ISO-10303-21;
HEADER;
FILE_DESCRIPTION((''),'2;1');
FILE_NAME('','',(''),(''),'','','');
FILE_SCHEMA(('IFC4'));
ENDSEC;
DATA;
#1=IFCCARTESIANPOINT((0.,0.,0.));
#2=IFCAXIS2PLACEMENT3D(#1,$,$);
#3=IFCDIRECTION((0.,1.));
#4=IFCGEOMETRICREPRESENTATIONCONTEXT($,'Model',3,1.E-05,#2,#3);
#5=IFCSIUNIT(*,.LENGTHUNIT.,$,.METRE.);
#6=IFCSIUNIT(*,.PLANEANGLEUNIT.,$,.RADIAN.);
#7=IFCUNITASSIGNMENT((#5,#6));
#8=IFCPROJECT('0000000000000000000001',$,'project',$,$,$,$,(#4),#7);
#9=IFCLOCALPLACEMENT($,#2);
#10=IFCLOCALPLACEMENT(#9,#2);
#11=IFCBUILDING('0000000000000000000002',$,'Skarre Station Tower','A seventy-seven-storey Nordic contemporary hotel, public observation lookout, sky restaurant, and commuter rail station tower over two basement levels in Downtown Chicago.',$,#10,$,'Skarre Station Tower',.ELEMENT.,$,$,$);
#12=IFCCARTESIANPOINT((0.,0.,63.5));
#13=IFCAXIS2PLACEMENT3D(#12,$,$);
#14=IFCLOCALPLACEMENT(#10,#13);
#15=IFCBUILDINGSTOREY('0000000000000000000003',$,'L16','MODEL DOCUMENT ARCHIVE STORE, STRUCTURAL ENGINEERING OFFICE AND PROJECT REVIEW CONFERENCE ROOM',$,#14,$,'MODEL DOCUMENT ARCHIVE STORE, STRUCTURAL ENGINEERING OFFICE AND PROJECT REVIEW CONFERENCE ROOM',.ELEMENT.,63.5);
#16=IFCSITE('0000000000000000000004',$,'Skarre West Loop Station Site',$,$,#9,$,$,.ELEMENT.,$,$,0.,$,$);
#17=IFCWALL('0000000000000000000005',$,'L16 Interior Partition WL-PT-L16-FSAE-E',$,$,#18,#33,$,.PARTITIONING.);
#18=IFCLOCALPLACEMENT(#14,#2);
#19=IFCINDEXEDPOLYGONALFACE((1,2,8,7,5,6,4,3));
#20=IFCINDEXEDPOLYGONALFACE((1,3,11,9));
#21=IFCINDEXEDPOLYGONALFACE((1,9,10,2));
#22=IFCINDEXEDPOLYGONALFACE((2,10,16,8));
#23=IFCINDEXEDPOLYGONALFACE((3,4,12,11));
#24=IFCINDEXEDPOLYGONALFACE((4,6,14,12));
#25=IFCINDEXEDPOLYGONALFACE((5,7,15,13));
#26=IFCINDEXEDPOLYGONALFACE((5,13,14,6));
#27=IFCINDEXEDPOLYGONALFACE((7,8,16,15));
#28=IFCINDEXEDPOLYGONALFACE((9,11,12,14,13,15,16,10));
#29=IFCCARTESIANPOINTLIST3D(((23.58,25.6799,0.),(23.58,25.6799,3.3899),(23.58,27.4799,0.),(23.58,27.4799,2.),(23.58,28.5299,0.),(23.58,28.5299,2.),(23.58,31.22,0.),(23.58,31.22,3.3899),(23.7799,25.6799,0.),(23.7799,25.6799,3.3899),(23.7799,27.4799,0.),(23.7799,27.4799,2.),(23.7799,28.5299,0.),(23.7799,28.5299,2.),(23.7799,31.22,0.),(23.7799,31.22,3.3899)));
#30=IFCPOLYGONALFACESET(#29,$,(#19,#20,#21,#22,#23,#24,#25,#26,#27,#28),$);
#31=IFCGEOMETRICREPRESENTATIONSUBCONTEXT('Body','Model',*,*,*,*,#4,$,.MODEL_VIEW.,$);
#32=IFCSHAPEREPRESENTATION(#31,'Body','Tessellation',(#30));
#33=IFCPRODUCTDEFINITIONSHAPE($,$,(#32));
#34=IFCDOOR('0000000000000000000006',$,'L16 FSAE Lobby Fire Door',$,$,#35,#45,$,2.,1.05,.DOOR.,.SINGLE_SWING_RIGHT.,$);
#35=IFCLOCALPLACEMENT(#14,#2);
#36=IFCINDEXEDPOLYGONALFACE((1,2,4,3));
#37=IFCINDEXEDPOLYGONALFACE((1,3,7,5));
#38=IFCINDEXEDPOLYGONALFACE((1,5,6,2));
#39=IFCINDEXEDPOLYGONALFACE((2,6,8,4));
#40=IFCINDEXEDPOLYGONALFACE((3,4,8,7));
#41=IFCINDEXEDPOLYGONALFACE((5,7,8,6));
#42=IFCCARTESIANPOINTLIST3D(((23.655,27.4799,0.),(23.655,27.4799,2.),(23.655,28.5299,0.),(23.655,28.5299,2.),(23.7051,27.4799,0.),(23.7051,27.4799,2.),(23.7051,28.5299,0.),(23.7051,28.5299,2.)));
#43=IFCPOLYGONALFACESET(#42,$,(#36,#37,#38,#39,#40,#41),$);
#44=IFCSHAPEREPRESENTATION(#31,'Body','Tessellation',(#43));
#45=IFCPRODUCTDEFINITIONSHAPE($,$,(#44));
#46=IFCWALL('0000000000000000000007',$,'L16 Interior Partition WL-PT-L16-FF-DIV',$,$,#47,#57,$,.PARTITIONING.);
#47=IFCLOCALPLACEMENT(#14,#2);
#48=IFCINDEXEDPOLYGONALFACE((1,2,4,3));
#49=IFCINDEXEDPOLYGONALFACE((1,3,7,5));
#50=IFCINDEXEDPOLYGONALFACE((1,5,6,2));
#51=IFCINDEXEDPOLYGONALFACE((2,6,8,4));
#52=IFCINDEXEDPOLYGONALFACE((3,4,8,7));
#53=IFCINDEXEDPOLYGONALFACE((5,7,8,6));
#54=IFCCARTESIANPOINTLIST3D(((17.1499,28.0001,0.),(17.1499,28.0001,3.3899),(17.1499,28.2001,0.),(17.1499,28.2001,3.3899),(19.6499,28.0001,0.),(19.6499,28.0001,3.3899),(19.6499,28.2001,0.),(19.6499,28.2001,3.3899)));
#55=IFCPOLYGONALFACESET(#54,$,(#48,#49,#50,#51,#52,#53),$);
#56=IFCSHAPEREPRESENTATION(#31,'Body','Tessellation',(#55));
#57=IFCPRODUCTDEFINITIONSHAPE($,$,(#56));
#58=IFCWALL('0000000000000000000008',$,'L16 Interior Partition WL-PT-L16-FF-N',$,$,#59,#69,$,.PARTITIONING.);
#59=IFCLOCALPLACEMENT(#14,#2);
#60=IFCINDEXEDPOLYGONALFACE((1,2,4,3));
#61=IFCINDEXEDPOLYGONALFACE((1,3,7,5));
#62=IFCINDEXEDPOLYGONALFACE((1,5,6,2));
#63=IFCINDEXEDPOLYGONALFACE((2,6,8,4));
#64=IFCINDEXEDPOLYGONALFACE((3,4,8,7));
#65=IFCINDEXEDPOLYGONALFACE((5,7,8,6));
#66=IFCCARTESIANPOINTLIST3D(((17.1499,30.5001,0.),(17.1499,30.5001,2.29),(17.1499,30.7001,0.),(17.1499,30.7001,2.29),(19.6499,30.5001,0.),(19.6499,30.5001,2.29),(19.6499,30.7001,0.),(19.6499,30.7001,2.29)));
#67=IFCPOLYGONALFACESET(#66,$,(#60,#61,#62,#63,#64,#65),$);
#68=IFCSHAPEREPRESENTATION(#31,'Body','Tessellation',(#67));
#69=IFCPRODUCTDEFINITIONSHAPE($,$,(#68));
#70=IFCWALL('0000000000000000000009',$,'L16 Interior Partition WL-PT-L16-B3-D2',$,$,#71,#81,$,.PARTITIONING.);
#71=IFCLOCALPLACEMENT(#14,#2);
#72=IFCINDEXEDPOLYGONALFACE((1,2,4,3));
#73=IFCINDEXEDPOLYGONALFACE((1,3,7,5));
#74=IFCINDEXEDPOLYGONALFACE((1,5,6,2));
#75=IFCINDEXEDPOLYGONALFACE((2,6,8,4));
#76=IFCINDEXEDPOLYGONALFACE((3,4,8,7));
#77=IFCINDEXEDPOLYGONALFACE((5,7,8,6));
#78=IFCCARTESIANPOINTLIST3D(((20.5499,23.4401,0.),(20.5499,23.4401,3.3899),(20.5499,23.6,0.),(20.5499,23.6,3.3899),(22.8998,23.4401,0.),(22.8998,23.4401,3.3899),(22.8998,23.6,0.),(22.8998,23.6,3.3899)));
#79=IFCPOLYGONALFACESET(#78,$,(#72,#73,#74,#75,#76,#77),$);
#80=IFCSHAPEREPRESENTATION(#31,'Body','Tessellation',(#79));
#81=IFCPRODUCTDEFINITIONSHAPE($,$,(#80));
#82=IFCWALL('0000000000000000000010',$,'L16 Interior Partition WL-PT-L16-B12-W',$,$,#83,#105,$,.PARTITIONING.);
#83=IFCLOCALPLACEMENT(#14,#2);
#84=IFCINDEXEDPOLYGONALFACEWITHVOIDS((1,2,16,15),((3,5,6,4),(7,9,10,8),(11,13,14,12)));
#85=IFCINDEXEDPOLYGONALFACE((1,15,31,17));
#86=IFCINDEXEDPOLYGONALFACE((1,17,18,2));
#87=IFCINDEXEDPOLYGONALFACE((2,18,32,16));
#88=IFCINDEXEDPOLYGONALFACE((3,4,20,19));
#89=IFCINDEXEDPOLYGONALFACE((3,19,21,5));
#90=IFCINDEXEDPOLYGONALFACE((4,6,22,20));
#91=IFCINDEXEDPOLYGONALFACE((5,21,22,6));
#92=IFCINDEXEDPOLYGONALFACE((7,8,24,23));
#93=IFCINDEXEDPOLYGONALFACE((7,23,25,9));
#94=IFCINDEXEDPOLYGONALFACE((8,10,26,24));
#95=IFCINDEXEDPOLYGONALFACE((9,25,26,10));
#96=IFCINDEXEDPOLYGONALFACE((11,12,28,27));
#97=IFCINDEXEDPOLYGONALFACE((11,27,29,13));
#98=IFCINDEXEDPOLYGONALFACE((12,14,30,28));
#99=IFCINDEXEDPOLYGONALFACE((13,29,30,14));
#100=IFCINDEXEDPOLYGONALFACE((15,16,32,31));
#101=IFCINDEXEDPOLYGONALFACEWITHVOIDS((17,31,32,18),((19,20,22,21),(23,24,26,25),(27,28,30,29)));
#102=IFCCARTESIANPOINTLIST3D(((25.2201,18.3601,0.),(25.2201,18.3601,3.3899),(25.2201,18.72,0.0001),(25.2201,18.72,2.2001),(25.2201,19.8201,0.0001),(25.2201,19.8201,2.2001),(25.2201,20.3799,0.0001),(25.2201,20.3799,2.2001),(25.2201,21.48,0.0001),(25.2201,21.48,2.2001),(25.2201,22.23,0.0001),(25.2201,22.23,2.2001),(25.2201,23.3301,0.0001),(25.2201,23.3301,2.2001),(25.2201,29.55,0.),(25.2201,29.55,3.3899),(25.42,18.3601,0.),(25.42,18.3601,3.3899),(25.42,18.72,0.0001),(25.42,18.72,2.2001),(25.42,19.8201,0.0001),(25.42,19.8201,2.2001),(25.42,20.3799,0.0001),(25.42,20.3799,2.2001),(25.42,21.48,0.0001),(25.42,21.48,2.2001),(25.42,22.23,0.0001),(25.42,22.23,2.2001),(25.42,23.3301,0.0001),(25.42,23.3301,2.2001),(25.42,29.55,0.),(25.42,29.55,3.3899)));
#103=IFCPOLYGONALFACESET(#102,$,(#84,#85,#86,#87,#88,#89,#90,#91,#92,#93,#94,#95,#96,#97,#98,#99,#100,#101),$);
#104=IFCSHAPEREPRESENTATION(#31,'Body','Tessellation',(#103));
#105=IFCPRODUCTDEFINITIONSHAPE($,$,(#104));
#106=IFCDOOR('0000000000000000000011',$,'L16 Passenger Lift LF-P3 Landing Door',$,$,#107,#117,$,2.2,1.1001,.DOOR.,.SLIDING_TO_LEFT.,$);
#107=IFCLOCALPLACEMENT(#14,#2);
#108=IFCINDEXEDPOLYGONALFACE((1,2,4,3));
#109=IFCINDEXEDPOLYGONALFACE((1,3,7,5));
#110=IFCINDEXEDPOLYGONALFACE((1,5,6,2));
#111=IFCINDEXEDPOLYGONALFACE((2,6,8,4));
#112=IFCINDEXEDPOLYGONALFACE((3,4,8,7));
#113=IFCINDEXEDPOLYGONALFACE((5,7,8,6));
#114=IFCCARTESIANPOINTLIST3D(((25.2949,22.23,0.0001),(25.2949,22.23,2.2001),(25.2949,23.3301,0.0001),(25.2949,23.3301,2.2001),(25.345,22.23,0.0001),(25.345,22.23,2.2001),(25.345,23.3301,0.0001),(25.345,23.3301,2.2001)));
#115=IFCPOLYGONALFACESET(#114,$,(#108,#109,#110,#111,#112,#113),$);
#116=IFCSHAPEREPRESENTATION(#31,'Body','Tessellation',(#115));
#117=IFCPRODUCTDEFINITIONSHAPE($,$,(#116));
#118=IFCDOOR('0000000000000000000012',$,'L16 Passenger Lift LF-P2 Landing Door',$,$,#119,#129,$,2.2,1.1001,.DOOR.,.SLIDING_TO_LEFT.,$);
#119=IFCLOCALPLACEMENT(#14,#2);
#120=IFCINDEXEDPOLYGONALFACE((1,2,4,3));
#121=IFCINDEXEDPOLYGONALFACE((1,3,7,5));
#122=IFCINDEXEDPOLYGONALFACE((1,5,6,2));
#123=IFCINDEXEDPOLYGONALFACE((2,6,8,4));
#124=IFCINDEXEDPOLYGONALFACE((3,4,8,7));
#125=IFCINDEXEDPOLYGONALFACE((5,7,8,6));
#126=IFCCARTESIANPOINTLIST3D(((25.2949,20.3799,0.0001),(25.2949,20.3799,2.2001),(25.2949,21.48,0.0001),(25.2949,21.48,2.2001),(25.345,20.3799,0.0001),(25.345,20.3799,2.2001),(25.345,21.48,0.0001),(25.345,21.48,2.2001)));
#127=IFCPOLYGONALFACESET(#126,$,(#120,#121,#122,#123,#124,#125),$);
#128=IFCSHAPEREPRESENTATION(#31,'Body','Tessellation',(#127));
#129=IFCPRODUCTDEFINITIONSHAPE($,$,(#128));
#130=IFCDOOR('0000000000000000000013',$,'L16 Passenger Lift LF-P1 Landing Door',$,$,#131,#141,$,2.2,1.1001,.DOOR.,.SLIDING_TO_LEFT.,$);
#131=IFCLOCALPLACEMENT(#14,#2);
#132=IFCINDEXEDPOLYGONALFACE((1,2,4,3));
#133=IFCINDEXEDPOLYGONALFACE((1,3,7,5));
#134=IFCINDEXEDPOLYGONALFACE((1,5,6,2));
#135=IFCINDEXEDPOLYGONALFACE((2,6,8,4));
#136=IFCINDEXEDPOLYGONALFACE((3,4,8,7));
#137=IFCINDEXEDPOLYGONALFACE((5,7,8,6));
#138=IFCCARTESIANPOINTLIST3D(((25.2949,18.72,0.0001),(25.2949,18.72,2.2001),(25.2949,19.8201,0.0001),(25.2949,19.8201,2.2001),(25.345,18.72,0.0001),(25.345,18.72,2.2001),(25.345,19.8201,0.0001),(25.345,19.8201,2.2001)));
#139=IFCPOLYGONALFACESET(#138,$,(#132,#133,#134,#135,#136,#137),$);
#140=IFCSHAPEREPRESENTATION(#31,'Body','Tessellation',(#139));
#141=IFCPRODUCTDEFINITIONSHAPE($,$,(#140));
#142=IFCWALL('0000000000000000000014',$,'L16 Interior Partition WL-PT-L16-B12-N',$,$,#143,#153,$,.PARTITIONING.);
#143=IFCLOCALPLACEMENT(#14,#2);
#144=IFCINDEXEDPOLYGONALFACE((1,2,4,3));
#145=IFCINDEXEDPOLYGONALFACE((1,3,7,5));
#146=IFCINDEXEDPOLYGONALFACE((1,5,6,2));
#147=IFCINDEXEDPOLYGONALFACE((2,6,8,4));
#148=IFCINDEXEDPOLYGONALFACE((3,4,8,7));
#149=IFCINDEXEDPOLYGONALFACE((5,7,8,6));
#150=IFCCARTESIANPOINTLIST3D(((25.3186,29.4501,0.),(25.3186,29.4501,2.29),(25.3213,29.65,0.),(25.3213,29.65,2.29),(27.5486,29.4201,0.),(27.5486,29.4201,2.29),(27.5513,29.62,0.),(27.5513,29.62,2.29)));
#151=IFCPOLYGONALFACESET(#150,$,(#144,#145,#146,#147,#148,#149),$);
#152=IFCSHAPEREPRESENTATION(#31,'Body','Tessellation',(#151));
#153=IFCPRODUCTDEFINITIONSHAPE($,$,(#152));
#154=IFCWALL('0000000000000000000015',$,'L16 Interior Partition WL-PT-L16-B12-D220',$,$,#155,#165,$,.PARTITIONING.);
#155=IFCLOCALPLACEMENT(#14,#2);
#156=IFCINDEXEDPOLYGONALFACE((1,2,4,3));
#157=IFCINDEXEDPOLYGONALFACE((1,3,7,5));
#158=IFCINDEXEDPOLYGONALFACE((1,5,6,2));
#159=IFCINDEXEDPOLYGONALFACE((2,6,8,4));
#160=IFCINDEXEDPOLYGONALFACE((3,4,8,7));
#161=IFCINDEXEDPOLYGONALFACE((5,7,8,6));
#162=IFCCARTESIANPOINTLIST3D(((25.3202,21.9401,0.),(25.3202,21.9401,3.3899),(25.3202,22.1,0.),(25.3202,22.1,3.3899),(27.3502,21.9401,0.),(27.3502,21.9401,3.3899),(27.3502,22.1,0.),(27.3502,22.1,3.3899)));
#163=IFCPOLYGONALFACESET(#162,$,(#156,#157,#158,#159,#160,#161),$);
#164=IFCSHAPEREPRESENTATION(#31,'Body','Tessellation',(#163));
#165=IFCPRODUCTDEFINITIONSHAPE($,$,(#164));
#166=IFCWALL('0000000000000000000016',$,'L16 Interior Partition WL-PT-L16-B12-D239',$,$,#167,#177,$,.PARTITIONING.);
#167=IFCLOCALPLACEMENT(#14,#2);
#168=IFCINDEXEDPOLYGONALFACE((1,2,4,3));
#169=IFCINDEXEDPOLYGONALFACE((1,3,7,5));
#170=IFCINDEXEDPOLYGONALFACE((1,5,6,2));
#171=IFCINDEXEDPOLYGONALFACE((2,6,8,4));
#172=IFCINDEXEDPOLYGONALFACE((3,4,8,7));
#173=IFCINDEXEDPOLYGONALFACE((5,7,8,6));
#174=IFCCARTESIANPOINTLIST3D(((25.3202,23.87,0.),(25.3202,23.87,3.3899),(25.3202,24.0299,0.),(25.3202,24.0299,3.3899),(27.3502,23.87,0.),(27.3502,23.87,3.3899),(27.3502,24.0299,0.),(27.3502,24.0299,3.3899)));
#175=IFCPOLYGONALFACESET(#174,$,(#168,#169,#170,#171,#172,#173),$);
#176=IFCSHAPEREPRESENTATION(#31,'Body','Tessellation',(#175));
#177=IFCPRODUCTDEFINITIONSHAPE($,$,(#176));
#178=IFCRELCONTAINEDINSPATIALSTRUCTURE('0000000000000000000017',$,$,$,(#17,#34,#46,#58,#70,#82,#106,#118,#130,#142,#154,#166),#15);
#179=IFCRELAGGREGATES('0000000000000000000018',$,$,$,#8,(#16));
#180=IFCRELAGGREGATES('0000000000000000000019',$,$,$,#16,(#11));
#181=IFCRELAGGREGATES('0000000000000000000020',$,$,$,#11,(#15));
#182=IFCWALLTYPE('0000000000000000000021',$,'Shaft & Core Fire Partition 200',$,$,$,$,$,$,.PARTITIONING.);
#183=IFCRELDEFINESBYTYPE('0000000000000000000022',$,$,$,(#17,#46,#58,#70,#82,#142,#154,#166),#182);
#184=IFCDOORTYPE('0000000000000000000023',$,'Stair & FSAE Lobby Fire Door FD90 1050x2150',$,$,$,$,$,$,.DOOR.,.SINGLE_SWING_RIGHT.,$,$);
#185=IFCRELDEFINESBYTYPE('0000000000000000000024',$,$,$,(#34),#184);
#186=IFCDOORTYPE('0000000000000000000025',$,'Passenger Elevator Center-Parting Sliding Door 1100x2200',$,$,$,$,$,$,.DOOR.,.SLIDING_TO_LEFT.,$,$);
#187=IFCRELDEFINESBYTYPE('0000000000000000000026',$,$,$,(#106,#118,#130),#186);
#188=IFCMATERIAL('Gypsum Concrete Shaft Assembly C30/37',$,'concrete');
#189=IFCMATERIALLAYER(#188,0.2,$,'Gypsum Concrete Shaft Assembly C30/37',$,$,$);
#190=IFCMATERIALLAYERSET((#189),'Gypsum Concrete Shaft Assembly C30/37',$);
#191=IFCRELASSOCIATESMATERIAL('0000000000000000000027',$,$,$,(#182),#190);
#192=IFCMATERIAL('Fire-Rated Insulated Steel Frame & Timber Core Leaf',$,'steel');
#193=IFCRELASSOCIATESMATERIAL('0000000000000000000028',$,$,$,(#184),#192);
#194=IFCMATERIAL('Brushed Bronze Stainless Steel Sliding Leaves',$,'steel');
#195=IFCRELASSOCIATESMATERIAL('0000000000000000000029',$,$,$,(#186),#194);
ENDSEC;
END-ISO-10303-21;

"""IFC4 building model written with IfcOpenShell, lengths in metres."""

from ifc_helpers import new_model, si_unit, direction, frame, frame_2d, origin, place, context, subcontext, project, spatial, rectangle, extrude, material, layer, layer_set, type_object, element, fill, save


model = new_model("IFC4")

# Units and contexts
model_context = context("Model", 3, precision=1e-05, world=origin(), true_north=direction((0.0, 1.0)))
body_context = subcontext(model_context, "Body", "Model", "MODEL_VIEW")
ifc_project = project(units=[si_unit("LENGTHUNIT", "METRE"), si_unit("PLANEANGLEUNIT", "RADIAN")], contexts=[model_context])

# Site, building, storey
site_placement = place(None, origin())
site = spatial("IfcSite", under=ifc_project, at=site_placement, Name="Skarre West Loop Station Site", CompositionType="ELEMENT", RefElevation=0.0)
building_placement = place(site_placement, origin())
building = spatial("IfcBuilding", under=site, at=building_placement, Name="Skarre Station Tower", Description="A seventy-seven-storey Nordic contemporary hotel, public observation lookout, sky restaurant, and commuter rail station tower over two basement levels in Downtown Chicago.", LongName="Skarre Station Tower", CompositionType="ELEMENT")
storey_placement = place(building_placement, frame((0.0, 0.0, 63.5)))
storey = spatial("IfcBuildingStorey", under=building, at=storey_placement, Name="L16", Description="MODEL DOCUMENT ARCHIVE STORE, STRUCTURAL ENGINEERING OFFICE AND PROJECT REVIEW CONFERENCE ROOM", LongName="MODEL DOCUMENT ARCHIVE STORE, STRUCTURAL ENGINEERING OFFICE AND PROJECT REVIEW CONFERENCE ROOM", CompositionType="ELEMENT", Elevation=63.5)

# Shared definitions
ifc_material_1 = material(Name="Gypsum Concrete Shaft Assembly C30/37", Category="concrete")
ifc_layer_1 = layer(ifc_material_1, 0.2, Name="Gypsum Concrete Shaft Assembly C30/37")
ifc_layer_set_1 = layer_set([ifc_layer_1], Name="Gypsum Concrete Shaft Assembly C30/37")
wall_type_1 = type_object("IfcWallType", Name="Shaft & Core Fire Partition 200", PredefinedType="PARTITIONING", material=ifc_layer_set_1)

# Wall, opening, door
wall_1_placement = place(storey_placement, frame((23.6799, 25.6799, 0.0), z_axis=(0.0, 0.0, 1.0), x_axis=(0.0, 1.0, 0.0)))
wall_1 = element("IfcWall", 1, at=wall_1_placement, inside=storey, type_object=wall_type_1, Name="L16 Interior Partition WL-PT-L16-FSAE-E", PredefinedType="PARTITIONING", context=body_context, shape_type="SweptSolid", body=[
    extrude(rectangle(XDim=5.54, YDim=0.2, at=frame_2d((2.77, 0.0))), origin(), (0.0, 0.0, 1.0), 3.3899),
])
opening_1_placement = place(wall_1_placement, frame((1.8, 0.0, 0.0)))
opening_1 = element("IfcOpeningElement", 2, at=opening_1_placement, cuts=wall_1, PredefinedType="OPENING", context=body_context, shape_type="SweptSolid", body=[
    extrude(rectangle(XDim=1.05, YDim=2.0, at=frame_2d((0.5249, 1.0))), frame((0.0, 0.1099, 0.0), z_axis=(0.0, -1.0, 0.0), x_axis=(1.0, 0.0, 0.0)), (0.0, 0.0, 1.0), 0.22),
])
ifc_material_2 = material(Name="Fire-Rated Insulated Steel Frame & Timber Core Leaf", Category="steel")
door_type_1 = type_object("IfcDoorType", Name="Stair & FSAE Lobby Fire Door FD90 1050x2150", OperationType="SINGLE_SWING_RIGHT", PredefinedType="DOOR", material=ifc_material_2)
door_1_placement = place(opening_1_placement, origin())
door_1 = element("IfcDoor", 3, at=door_1_placement, inside=storey, type_object=door_type_1, Name="L16 FSAE Lobby Fire Door", OperationType="SINGLE_SWING_RIGHT", OverallHeight=2.0, OverallWidth=1.05, PredefinedType="DOOR", context=body_context, shape_type="SweptSolid", body=[
    extrude(rectangle(XDim=1.05, YDim=2.0, at=frame_2d((0.5249, 1.0))), frame((0.0, 0.0249, 0.0), z_axis=(0.0, -1.0, 0.0), x_axis=(1.0, 0.0, 0.0)), (0.0, 0.0, 1.0), 0.05),
])
fill(opening_1, door_1)

# Walls
wall_2_placement = place(storey_placement, frame((17.1499, 28.1001, 0.0), z_axis=(0.0, 0.0, 1.0), x_axis=(1.0, 0.0, 0.0)))
element("IfcWall", 4, at=wall_2_placement, inside=storey, type_object=wall_type_1, Name="L16 Interior Partition WL-PT-L16-FF-DIV", PredefinedType="PARTITIONING", context=body_context, shape_type="SweptSolid", body=[
    extrude(rectangle(XDim=2.5, YDim=0.2, at=frame_2d((1.25, 0.0))), origin(), (0.0, 0.0, 1.0), 3.3899),
])
wall_3_placement = place(storey_placement, frame((19.6499, 30.6001, 0.0), z_axis=(0.0, 0.0, 1.0), x_axis=(-1.0, 0.0, 0.0)))
element("IfcWall", 5, at=wall_3_placement, inside=storey, type_object=wall_type_1, Name="L16 Interior Partition WL-PT-L16-FF-N", PredefinedType="PARTITIONING", context=body_context, shape_type="SweptSolid", body=[
    extrude(rectangle(XDim=2.5, YDim=0.2, at=frame_2d((1.25, 0.0))), origin(), (0.0, 0.0, 1.0), 2.29),
])
wall_4_placement = place(storey_placement, frame((20.55, 23.52, 0.0), z_axis=(0.0, 0.0, 1.0), x_axis=(1.0, 0.0, 0.0)))
element("IfcWall", 6, at=wall_4_placement, inside=storey, type_object=wall_type_1, Name="L16 Interior Partition WL-PT-L16-B3-D2", PredefinedType="PARTITIONING", context=body_context, shape_type="SweptSolid", body=[
    extrude(rectangle(XDim=2.3499, YDim=0.1599, at=frame_2d((1.1748, 0.0))), origin(), (0.0, 0.0, 1.0), 3.3899),
])

# Wall, openings, doors
wall_5_placement = place(storey_placement, frame((25.3201, 29.55, 0.0), z_axis=(0.0, 0.0, 1.0), x_axis=(0.0, -1.0, 0.0)))
wall_5 = element("IfcWall", 7, at=wall_5_placement, inside=storey, type_object=wall_type_1, Name="L16 Interior Partition WL-PT-L16-B12-W", PredefinedType="PARTITIONING", context=body_context, shape_type="SweptSolid", body=[
    extrude(rectangle(XDim=11.1899, YDim=0.2, at=frame_2d((5.595, 0.0))), origin(), (0.0, 0.0, 1.0), 3.3899),
])
opening_2_placement = place(wall_5_placement, frame((6.22, 0.0, 0.0)))
opening_2 = element("IfcOpeningElement", 8, at=opening_2_placement, cuts=wall_5, PredefinedType="OPENING", context=body_context, shape_type="SweptSolid", body=[
    extrude(rectangle(XDim=1.1001, YDim=2.2, at=frame_2d((0.55, 1.1001))), frame((0.0, 0.1099, 0.0), z_axis=(0.0, -1.0, 0.0), x_axis=(1.0, 0.0, 0.0)), (0.0, 0.0, 1.0), 0.22),
])
opening_3_placement = place(wall_5_placement, frame((8.0701, 0.0, 0.0)))
opening_3 = element("IfcOpeningElement", 9, at=opening_3_placement, cuts=wall_5, PredefinedType="OPENING", context=body_context, shape_type="SweptSolid", body=[
    extrude(rectangle(XDim=1.1001, YDim=2.2, at=frame_2d((0.55, 1.1001))), frame((0.0, 0.1099, 0.0), z_axis=(0.0, -1.0, 0.0), x_axis=(1.0, 0.0, 0.0)), (0.0, 0.0, 1.0), 0.22),
])
opening_4_placement = place(wall_5_placement, frame((9.73, 0.0, 0.0)))
opening_4 = element("IfcOpeningElement", 10, at=opening_4_placement, cuts=wall_5, PredefinedType="OPENING", context=body_context, shape_type="SweptSolid", body=[
    extrude(rectangle(XDim=1.1001, YDim=2.2, at=frame_2d((0.55, 1.1001))), frame((0.0, 0.1099, 0.0), z_axis=(0.0, -1.0, 0.0), x_axis=(1.0, 0.0, 0.0)), (0.0, 0.0, 1.0), 0.22),
])
ifc_material_3 = material(Name="Brushed Bronze Stainless Steel Sliding Leaves", Category="steel")
door_type_2 = type_object("IfcDoorType", Name="Passenger Elevator Center-Parting Sliding Door 1100x2200", OperationType="SLIDING_TO_LEFT", PredefinedType="DOOR", material=ifc_material_3)
door_2_placement = place(opening_2_placement, origin())
door_2 = element("IfcDoor", 11, at=door_2_placement, inside=storey, type_object=door_type_2, Name="L16 Passenger Lift LF-P3 Landing Door", OperationType="SLIDING_TO_LEFT", OverallHeight=2.2, OverallWidth=1.1001, PredefinedType="DOOR", context=body_context, shape_type="SweptSolid", body=[
    extrude(rectangle(XDim=1.1001, YDim=2.2, at=frame_2d((0.55, 1.1001))), frame((0.0, 0.0249, 0.0), z_axis=(0.0, -1.0, 0.0), x_axis=(1.0, 0.0, 0.0)), (0.0, 0.0, 1.0), 0.05),
])
fill(opening_2, door_2)
door_3_placement = place(opening_3_placement, origin())
door_3 = element("IfcDoor", 12, at=door_3_placement, inside=storey, type_object=door_type_2, Name="L16 Passenger Lift LF-P2 Landing Door", OperationType="SLIDING_TO_LEFT", OverallHeight=2.2, OverallWidth=1.1001, PredefinedType="DOOR", context=body_context, shape_type="SweptSolid", body=[
    extrude(rectangle(XDim=1.1001, YDim=2.2, at=frame_2d((0.55, 1.1001))), frame((0.0, 0.0249, 0.0), z_axis=(0.0, -1.0, 0.0), x_axis=(1.0, 0.0, 0.0)), (0.0, 0.0, 1.0), 0.05),
])
fill(opening_3, door_3)
door_4_placement = place(opening_4_placement, origin())
door_4 = element("IfcDoor", 13, at=door_4_placement, inside=storey, type_object=door_type_2, Name="L16 Passenger Lift LF-P1 Landing Door", OperationType="SLIDING_TO_LEFT", OverallHeight=2.2, OverallWidth=1.1001, PredefinedType="DOOR", context=body_context, shape_type="SweptSolid", body=[
    extrude(rectangle(XDim=1.1001, YDim=2.2, at=frame_2d((0.55, 1.1001))), frame((0.0, 0.0249, 0.0), z_axis=(0.0, -1.0, 0.0), x_axis=(1.0, 0.0, 0.0)), (0.0, 0.0, 1.0), 0.05),
])
fill(opening_4, door_4)

# Walls
wall_6_placement = place(storey_placement, frame((27.55, 29.52, 0.0), z_axis=(0.0, 0.0, 1.0), x_axis=(-0.999909, 0.013465, 0.0)))
element("IfcWall", 14, at=wall_6_placement, inside=storey, type_object=wall_type_1, Name="L16 Interior Partition WL-PT-L16-B12-N", PredefinedType="PARTITIONING", context=body_context, shape_type="SweptSolid", body=[
    extrude(rectangle(XDim=2.2302, YDim=0.2, at=frame_2d((1.1152, 0.0))), origin(), (0.0, 0.0, 1.0), 2.29),
])
for number, where, z_axis, x_axis, name in (
    (15, (25.3201, 22.02, 0.0), (0.0, 0.0, 1.0), (1.0, 0.0, 0.0), "L16 Interior Partition WL-PT-L16-B12-D220"),
    (16, (25.3201, 23.95, 0.0), (0.0, 0.0, 1.0), (1.0, 0.0, 0.0), "L16 Interior Partition WL-PT-L16-B12-D239"),
):
    element("IfcWall", number, at=place(storey_placement, frame(where, z_axis=z_axis, x_axis=x_axis)), inside=storey, type_object=wall_type_1, Name=name, PredefinedType="PARTITIONING", context=body_context, shape_type="SweptSolid", body=[
        extrude(rectangle(XDim=2.03, YDim=0.1599, at=frame_2d((1.0151, 0.0))), origin(), (0.0, 0.0, 1.0), 3.3899),
    ])

save(model, "model.ifc")
